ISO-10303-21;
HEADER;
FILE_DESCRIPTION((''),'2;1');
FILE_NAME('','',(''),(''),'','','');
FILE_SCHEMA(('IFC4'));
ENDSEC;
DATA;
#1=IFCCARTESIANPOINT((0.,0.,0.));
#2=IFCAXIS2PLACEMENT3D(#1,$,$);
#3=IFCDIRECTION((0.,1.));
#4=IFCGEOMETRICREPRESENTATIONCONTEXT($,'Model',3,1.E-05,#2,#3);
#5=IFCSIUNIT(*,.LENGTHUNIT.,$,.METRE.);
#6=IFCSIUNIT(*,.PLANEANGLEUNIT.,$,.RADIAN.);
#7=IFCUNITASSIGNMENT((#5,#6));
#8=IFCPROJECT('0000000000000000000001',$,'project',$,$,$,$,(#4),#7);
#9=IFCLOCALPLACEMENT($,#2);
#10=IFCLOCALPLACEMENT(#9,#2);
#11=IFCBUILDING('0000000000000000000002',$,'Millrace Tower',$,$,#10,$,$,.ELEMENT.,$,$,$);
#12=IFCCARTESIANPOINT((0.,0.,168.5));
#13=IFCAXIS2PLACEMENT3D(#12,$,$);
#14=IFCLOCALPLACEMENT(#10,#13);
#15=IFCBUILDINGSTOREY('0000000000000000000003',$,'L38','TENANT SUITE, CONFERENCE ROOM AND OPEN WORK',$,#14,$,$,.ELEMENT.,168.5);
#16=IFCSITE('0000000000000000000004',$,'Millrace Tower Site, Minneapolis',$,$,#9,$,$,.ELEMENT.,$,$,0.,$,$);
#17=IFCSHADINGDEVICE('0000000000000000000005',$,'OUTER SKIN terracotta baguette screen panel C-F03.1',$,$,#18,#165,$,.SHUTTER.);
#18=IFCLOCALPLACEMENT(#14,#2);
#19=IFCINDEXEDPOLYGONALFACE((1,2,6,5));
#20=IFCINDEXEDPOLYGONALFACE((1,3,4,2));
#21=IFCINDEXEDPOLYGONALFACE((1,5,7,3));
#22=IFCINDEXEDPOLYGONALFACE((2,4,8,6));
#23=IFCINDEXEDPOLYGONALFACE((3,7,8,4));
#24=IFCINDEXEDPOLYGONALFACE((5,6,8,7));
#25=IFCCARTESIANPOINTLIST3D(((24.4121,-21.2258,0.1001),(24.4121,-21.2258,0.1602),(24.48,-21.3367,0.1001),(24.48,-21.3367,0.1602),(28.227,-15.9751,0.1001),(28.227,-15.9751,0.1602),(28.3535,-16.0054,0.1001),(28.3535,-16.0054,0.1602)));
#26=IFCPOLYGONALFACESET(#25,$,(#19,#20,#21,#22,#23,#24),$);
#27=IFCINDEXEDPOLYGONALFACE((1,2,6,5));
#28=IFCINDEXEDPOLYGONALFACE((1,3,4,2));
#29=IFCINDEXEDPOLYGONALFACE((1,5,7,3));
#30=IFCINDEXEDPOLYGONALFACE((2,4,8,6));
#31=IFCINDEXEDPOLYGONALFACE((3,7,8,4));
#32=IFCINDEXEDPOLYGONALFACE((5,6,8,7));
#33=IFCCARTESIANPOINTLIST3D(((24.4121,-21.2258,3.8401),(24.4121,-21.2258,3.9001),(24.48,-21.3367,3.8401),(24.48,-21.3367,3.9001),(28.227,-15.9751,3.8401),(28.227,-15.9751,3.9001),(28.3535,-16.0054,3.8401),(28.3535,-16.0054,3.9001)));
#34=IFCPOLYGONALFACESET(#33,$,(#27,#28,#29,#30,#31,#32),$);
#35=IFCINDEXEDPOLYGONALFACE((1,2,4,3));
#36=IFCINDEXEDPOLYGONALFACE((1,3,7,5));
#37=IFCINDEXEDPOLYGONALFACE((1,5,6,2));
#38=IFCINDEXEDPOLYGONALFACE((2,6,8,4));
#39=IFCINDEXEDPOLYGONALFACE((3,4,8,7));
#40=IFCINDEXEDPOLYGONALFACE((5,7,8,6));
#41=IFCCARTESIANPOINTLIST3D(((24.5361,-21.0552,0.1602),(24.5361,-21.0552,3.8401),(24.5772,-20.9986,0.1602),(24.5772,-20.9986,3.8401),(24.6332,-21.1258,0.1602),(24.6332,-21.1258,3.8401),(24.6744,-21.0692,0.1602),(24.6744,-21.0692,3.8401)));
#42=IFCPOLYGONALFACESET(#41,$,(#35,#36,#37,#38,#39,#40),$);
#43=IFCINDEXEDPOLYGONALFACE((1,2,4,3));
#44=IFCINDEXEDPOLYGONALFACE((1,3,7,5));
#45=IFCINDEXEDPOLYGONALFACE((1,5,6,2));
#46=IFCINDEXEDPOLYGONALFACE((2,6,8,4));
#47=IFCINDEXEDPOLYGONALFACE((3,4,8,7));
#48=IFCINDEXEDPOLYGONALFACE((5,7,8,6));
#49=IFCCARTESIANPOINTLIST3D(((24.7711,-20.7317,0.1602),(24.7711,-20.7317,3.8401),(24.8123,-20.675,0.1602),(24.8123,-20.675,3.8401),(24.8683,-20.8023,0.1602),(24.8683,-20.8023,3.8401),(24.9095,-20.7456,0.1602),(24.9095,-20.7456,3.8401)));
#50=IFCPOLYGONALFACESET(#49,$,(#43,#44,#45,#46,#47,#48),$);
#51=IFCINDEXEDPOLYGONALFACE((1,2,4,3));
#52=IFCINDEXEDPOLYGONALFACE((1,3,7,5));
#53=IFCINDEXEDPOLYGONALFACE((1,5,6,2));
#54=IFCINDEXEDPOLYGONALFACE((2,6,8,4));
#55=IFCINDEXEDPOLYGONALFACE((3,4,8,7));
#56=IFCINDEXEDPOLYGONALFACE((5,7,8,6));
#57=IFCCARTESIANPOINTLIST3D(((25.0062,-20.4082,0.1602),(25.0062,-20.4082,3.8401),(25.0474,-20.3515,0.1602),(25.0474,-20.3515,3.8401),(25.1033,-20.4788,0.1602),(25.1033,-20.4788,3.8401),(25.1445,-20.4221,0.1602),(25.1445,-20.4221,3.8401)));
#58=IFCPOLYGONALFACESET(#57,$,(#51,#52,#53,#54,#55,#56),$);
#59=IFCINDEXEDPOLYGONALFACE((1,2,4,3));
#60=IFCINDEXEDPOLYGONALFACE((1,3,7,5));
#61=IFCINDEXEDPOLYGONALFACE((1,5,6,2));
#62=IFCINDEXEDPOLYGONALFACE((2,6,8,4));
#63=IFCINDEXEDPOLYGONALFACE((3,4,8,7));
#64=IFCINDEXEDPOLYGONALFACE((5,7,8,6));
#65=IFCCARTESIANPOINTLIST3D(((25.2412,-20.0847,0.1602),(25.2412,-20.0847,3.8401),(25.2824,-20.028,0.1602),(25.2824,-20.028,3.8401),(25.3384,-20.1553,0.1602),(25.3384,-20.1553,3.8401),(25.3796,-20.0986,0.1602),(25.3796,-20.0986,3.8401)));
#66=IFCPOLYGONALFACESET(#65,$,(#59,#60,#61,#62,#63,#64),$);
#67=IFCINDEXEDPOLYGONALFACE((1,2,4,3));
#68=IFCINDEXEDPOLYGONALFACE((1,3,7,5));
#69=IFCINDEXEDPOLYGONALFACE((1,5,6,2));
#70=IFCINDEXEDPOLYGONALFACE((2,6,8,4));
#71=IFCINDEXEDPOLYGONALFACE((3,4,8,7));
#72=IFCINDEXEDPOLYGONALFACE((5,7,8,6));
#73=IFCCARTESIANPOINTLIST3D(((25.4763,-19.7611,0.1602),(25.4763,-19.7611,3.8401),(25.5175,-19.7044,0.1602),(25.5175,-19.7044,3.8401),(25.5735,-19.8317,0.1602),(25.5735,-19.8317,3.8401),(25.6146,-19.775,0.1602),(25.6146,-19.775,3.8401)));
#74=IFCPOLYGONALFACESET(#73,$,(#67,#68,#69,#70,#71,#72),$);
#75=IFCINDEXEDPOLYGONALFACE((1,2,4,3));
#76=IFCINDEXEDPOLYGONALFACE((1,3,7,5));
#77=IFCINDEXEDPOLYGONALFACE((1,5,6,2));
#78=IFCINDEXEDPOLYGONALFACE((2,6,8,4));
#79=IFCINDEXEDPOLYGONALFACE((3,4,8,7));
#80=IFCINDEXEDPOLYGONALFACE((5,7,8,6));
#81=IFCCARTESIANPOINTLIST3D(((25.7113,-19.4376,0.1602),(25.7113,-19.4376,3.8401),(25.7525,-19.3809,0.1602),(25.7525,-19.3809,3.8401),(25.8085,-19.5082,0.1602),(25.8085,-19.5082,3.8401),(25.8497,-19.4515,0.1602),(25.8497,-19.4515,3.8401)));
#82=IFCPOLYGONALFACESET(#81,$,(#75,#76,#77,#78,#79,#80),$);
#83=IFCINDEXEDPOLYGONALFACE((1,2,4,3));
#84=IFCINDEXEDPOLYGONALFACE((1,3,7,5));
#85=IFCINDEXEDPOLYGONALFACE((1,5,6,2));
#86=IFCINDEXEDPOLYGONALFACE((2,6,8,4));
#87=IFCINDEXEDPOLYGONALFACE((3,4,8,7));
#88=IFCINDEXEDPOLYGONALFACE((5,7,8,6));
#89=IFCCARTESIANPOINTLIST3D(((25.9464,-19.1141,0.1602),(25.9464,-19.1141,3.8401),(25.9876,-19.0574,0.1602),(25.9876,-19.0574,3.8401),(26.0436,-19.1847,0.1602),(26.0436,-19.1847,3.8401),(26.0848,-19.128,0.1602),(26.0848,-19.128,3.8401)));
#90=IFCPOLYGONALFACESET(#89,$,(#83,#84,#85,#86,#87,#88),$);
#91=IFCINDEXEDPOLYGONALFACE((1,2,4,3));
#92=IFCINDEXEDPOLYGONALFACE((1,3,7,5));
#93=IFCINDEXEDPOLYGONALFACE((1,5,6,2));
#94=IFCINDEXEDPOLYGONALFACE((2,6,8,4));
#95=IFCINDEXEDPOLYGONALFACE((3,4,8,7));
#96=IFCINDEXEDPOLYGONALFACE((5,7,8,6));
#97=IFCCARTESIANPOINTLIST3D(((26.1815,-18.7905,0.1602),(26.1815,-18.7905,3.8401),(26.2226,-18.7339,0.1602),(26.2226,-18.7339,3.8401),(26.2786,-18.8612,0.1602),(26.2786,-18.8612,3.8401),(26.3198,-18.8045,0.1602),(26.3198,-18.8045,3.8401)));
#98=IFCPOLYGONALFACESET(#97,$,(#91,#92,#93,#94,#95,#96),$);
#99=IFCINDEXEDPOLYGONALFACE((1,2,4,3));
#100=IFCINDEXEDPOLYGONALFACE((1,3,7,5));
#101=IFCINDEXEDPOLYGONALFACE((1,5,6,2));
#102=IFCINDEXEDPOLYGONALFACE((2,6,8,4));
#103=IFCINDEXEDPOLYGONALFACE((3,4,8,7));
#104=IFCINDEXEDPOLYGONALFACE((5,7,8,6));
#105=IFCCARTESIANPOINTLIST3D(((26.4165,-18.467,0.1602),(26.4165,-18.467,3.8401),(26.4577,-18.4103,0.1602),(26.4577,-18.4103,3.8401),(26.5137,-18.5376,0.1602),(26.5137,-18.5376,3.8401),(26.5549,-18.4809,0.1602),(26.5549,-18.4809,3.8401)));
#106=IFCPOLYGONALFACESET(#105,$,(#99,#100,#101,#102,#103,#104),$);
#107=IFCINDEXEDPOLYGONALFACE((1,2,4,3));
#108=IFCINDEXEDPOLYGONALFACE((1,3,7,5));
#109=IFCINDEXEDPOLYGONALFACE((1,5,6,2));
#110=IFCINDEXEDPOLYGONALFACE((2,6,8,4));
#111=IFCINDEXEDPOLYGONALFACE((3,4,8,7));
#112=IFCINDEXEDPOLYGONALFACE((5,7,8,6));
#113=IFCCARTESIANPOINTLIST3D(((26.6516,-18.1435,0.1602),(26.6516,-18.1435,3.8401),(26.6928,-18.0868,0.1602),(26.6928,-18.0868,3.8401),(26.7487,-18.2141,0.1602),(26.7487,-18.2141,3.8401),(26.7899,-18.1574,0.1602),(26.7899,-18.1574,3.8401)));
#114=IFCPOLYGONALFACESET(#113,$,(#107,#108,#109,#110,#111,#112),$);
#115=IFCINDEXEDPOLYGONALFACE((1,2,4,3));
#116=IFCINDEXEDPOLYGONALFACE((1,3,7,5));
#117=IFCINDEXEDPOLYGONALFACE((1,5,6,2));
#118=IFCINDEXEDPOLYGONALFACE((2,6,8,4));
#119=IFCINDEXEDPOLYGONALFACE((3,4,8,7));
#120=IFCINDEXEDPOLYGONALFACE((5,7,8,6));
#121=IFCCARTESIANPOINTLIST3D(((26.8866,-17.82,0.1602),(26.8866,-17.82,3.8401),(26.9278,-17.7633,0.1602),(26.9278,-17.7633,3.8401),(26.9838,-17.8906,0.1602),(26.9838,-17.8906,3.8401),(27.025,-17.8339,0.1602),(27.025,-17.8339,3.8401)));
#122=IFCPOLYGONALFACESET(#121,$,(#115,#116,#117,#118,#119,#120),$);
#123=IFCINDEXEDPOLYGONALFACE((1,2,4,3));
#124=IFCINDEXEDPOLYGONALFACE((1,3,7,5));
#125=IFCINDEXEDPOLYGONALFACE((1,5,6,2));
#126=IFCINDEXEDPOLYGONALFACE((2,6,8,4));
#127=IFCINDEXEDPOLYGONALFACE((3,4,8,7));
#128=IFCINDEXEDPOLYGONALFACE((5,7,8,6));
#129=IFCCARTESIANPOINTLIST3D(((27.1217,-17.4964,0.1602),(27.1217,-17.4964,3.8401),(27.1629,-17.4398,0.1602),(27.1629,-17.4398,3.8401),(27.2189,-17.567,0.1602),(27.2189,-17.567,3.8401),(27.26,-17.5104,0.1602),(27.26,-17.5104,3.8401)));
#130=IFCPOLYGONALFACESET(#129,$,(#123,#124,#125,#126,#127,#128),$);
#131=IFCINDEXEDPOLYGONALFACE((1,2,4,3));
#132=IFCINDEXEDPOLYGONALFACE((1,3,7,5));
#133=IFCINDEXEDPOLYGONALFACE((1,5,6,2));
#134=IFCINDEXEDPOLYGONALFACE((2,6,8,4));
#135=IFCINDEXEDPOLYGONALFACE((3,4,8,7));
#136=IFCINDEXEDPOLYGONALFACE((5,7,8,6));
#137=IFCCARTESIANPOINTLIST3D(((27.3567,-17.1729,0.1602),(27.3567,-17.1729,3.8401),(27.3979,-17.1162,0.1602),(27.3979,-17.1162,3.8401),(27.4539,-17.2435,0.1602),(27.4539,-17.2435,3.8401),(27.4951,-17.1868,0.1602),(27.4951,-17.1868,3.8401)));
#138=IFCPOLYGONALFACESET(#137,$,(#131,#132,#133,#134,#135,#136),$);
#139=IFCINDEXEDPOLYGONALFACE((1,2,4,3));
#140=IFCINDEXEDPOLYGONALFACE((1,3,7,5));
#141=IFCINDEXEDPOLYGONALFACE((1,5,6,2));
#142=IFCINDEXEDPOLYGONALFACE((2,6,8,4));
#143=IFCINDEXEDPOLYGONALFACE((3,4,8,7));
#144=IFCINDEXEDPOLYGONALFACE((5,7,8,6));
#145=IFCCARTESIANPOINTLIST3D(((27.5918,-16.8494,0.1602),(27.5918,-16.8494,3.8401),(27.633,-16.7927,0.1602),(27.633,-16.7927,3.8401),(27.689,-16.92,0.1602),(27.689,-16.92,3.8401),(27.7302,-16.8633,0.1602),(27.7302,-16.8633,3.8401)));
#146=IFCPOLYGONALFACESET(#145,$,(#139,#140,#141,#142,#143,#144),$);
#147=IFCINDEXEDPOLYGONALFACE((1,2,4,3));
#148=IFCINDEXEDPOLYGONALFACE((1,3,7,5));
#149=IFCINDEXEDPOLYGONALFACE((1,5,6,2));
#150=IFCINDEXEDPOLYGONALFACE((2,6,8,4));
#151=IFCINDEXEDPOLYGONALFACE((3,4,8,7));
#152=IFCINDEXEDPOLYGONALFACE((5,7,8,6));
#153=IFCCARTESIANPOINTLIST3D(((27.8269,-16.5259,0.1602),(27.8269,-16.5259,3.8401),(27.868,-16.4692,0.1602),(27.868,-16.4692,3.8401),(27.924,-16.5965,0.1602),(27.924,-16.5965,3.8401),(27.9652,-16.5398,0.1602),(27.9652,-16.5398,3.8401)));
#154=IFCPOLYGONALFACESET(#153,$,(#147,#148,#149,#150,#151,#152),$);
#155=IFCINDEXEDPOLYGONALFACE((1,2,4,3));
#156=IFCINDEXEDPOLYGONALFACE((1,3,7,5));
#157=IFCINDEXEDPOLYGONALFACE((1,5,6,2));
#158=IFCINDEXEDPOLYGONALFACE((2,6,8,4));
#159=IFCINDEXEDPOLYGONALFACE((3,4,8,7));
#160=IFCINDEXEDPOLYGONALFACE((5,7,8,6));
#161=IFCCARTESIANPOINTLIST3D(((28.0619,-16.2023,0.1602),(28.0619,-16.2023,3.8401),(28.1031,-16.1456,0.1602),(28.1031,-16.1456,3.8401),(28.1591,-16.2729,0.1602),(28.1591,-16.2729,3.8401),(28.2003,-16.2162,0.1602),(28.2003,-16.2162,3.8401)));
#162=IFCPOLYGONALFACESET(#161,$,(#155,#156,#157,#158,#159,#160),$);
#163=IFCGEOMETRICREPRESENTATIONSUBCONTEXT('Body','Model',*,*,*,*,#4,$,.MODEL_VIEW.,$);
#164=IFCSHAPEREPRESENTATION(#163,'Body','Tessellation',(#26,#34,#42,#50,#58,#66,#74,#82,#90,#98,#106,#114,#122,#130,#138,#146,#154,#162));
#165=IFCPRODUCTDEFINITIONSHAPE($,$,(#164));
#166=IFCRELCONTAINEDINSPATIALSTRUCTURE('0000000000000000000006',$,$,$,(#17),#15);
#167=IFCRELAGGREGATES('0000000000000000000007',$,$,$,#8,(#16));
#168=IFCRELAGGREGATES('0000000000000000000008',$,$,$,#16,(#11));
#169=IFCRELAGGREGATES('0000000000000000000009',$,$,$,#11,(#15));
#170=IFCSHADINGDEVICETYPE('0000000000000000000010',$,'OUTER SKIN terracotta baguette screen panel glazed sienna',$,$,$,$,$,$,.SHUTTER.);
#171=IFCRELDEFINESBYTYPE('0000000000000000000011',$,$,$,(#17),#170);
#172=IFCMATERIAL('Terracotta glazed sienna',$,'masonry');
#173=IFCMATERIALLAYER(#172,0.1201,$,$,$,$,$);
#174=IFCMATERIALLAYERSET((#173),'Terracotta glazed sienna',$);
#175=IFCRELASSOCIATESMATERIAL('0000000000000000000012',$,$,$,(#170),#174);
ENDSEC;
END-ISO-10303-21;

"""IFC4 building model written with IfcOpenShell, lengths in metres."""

from ifc_helpers import new_model, entity, si_unit, direction, frame, frame_2d, origin, place, context, subcontext, project, spatial, rectangle, extrude, source, transform, mapped, material, layer, layer_set, type_object, element, save


model = new_model("IFC4")

# Units and contexts
model_context = context("Model", 3, precision=1e-05, world=origin(), true_north=direction((0.0, 1.0)))
body_context = subcontext(model_context, "Body", "Model", "MODEL_VIEW")
ifc_project = project(units=[si_unit("LENGTHUNIT", "METRE"), si_unit("PLANEANGLEUNIT", "RADIAN")], contexts=[model_context])

# Site, building, storey
site_placement = place(None, origin())
site = spatial("IfcSite", under=ifc_project, at=site_placement, Name="Millrace Tower Site, Minneapolis", CompositionType="ELEMENT", RefElevation=0.0)
building_placement = place(site_placement, origin())
building = spatial("IfcBuilding", under=site, at=building_placement, Name="Millrace Tower", CompositionType="ELEMENT")
storey_placement = place(building_placement, frame((0.0, 0.0, 168.5)))
storey = spatial("IfcBuildingStorey", under=building, at=storey_placement, Name="L38", Description="TENANT SUITE, CONFERENCE ROOM AND OPEN WORK", CompositionType="ELEMENT", Elevation=168.5)

# Shading device
ifc_material_1 = material(Name="Terracotta glazed sienna", Category="masonry")
ifc_layer_1 = layer(ifc_material_1, 0.1201)
ifc_layer_set_1 = layer_set([ifc_layer_1], Name="Terracotta glazed sienna")
shading_device_type = type_object("IfcShadingDeviceType", Name="OUTER SKIN terracotta baguette screen panel glazed sienna", PredefinedType="SHUTTER", material=ifc_layer_set_1)
cartesian_point_1 = entity("IfcCartesianPoint", [-3.2451, 0.0601])
shared_polyline_1 = entity("IfcPolyline", [cartesian_point_1, entity("IfcCartesianPoint", [3.2451, 0.0601]), entity("IfcCartesianPoint", [3.2949, -0.0601]), entity("IfcCartesianPoint", [-3.2949, -0.0601]), cartesian_point_1])
shared_shape_1 = source(origin(), body_context, "Body", "SweptSolid", [
    entity("IfcExtrudedAreaSolid", entity("IfcArbitraryClosedProfileDef", "AREA", None, shared_polyline_1), entity("IfcAxis2Placement3D", entity("IfcCartesianPoint", [0.0, 0.0, 0.0])), entity("IfcDirection", [0.0, 0.0, 1.0]), 0.0601),
    entity("IfcExtrudedAreaSolid", entity("IfcArbitraryClosedProfileDef", "AREA", None, shared_polyline_1), entity("IfcAxis2Placement3D", entity("IfcCartesianPoint", [0.0, 0.0, 3.74])), entity("IfcDirection", [0.0, 0.0, 1.0]), 0.0601),
    extrude(rectangle(XDim=0.0701, YDim=0.1201, at=frame_2d((-2.9993, 0.0))), frame((0.0, 0.0, 0.0601)), (0.0, 0.0, 1.0), 3.6799),
    extrude(rectangle(XDim=0.0701, YDim=0.1201, at=frame_2d((-2.5994, 0.0))), frame((0.0, 0.0, 0.0601)), (0.0, 0.0, 1.0), 3.6799),
    extrude(rectangle(XDim=0.0701, YDim=0.1201, at=frame_2d((-2.1995, 0.0))), frame((0.0, 0.0, 0.0601)), (0.0, 0.0, 1.0), 3.6799),
    extrude(rectangle(XDim=0.0701, YDim=0.1201, at=frame_2d((-1.7996, 0.0))), frame((0.0, 0.0, 0.0601)), (0.0, 0.0, 1.0), 3.6799),
    extrude(rectangle(XDim=0.0701, YDim=0.1201, at=frame_2d((-1.3997, 0.0))), frame((0.0, 0.0, 0.0601)), (0.0, 0.0, 1.0), 3.6799),
    extrude(rectangle(XDim=0.0701, YDim=0.1201, at=frame_2d((-0.9998, 0.0))), frame((0.0, 0.0, 0.0601)), (0.0, 0.0, 1.0), 3.6799),
    extrude(rectangle(XDim=0.0701, YDim=0.1201, at=frame_2d((-0.5999, 0.0))), frame((0.0, 0.0, 0.0601)), (0.0, 0.0, 1.0), 3.6799),
    extrude(rectangle(XDim=0.0701, YDim=0.1201, at=frame_2d((-0.2, 0.0))), frame((0.0, 0.0, 0.0601)), (0.0, 0.0, 1.0), 3.6799),
    extrude(rectangle(XDim=0.0701, YDim=0.1201, at=frame_2d((0.2, 0.0))), frame((0.0, 0.0, 0.0601)), (0.0, 0.0, 1.0), 3.6799),
    extrude(rectangle(XDim=0.0701, YDim=0.1201, at=frame_2d((0.5999, 0.0))), frame((0.0, 0.0, 0.0601)), (0.0, 0.0, 1.0), 3.6799),
    extrude(rectangle(XDim=0.0701, YDim=0.1201, at=frame_2d((0.9998, 0.0))), frame((0.0, 0.0, 0.0601)), (0.0, 0.0, 1.0), 3.6799),
    extrude(rectangle(XDim=0.0701, YDim=0.1201, at=frame_2d((1.3997, 0.0))), frame((0.0, 0.0, 0.0601)), (0.0, 0.0, 1.0), 3.6799),
    extrude(rectangle(XDim=0.0701, YDim=0.1201, at=frame_2d((1.7996, 0.0))), frame((0.0, 0.0, 0.0601)), (0.0, 0.0, 1.0), 3.6799),
    extrude(rectangle(XDim=0.0701, YDim=0.1201, at=frame_2d((2.1995, 0.0))), frame((0.0, 0.0, 0.0601)), (0.0, 0.0, 1.0), 3.6799),
    extrude(rectangle(XDim=0.0701, YDim=0.1201, at=frame_2d((2.5994, 0.0))), frame((0.0, 0.0, 0.0601)), (0.0, 0.0, 1.0), 3.6799),
    extrude(rectangle(XDim=0.0701, YDim=0.1201, at=frame_2d((2.9993, 0.0))), frame((0.0, 0.0, 0.0601)), (0.0, 0.0, 1.0), 3.6799),
])
shading_device_1_placement = place(storey_placement, frame((26.3682, -18.6357, 0.1001), z_axis=(0.0, 0.0, 1.0), x_axis=(0.587785, 0.809017, 0.0)))
element("IfcShadingDevice", 1, at=shading_device_1_placement, inside=storey, type_object=shading_device_type, Name="OUTER SKIN terracotta baguette screen panel C-F03.1", PredefinedType="SHUTTER", context=body_context, shape_type="MappedRepresentation", body=[
    mapped(shared_shape_1, transform((0.0, 0.0, 0.0), scale=1.0)),
])

save(model, "model.ifc")
